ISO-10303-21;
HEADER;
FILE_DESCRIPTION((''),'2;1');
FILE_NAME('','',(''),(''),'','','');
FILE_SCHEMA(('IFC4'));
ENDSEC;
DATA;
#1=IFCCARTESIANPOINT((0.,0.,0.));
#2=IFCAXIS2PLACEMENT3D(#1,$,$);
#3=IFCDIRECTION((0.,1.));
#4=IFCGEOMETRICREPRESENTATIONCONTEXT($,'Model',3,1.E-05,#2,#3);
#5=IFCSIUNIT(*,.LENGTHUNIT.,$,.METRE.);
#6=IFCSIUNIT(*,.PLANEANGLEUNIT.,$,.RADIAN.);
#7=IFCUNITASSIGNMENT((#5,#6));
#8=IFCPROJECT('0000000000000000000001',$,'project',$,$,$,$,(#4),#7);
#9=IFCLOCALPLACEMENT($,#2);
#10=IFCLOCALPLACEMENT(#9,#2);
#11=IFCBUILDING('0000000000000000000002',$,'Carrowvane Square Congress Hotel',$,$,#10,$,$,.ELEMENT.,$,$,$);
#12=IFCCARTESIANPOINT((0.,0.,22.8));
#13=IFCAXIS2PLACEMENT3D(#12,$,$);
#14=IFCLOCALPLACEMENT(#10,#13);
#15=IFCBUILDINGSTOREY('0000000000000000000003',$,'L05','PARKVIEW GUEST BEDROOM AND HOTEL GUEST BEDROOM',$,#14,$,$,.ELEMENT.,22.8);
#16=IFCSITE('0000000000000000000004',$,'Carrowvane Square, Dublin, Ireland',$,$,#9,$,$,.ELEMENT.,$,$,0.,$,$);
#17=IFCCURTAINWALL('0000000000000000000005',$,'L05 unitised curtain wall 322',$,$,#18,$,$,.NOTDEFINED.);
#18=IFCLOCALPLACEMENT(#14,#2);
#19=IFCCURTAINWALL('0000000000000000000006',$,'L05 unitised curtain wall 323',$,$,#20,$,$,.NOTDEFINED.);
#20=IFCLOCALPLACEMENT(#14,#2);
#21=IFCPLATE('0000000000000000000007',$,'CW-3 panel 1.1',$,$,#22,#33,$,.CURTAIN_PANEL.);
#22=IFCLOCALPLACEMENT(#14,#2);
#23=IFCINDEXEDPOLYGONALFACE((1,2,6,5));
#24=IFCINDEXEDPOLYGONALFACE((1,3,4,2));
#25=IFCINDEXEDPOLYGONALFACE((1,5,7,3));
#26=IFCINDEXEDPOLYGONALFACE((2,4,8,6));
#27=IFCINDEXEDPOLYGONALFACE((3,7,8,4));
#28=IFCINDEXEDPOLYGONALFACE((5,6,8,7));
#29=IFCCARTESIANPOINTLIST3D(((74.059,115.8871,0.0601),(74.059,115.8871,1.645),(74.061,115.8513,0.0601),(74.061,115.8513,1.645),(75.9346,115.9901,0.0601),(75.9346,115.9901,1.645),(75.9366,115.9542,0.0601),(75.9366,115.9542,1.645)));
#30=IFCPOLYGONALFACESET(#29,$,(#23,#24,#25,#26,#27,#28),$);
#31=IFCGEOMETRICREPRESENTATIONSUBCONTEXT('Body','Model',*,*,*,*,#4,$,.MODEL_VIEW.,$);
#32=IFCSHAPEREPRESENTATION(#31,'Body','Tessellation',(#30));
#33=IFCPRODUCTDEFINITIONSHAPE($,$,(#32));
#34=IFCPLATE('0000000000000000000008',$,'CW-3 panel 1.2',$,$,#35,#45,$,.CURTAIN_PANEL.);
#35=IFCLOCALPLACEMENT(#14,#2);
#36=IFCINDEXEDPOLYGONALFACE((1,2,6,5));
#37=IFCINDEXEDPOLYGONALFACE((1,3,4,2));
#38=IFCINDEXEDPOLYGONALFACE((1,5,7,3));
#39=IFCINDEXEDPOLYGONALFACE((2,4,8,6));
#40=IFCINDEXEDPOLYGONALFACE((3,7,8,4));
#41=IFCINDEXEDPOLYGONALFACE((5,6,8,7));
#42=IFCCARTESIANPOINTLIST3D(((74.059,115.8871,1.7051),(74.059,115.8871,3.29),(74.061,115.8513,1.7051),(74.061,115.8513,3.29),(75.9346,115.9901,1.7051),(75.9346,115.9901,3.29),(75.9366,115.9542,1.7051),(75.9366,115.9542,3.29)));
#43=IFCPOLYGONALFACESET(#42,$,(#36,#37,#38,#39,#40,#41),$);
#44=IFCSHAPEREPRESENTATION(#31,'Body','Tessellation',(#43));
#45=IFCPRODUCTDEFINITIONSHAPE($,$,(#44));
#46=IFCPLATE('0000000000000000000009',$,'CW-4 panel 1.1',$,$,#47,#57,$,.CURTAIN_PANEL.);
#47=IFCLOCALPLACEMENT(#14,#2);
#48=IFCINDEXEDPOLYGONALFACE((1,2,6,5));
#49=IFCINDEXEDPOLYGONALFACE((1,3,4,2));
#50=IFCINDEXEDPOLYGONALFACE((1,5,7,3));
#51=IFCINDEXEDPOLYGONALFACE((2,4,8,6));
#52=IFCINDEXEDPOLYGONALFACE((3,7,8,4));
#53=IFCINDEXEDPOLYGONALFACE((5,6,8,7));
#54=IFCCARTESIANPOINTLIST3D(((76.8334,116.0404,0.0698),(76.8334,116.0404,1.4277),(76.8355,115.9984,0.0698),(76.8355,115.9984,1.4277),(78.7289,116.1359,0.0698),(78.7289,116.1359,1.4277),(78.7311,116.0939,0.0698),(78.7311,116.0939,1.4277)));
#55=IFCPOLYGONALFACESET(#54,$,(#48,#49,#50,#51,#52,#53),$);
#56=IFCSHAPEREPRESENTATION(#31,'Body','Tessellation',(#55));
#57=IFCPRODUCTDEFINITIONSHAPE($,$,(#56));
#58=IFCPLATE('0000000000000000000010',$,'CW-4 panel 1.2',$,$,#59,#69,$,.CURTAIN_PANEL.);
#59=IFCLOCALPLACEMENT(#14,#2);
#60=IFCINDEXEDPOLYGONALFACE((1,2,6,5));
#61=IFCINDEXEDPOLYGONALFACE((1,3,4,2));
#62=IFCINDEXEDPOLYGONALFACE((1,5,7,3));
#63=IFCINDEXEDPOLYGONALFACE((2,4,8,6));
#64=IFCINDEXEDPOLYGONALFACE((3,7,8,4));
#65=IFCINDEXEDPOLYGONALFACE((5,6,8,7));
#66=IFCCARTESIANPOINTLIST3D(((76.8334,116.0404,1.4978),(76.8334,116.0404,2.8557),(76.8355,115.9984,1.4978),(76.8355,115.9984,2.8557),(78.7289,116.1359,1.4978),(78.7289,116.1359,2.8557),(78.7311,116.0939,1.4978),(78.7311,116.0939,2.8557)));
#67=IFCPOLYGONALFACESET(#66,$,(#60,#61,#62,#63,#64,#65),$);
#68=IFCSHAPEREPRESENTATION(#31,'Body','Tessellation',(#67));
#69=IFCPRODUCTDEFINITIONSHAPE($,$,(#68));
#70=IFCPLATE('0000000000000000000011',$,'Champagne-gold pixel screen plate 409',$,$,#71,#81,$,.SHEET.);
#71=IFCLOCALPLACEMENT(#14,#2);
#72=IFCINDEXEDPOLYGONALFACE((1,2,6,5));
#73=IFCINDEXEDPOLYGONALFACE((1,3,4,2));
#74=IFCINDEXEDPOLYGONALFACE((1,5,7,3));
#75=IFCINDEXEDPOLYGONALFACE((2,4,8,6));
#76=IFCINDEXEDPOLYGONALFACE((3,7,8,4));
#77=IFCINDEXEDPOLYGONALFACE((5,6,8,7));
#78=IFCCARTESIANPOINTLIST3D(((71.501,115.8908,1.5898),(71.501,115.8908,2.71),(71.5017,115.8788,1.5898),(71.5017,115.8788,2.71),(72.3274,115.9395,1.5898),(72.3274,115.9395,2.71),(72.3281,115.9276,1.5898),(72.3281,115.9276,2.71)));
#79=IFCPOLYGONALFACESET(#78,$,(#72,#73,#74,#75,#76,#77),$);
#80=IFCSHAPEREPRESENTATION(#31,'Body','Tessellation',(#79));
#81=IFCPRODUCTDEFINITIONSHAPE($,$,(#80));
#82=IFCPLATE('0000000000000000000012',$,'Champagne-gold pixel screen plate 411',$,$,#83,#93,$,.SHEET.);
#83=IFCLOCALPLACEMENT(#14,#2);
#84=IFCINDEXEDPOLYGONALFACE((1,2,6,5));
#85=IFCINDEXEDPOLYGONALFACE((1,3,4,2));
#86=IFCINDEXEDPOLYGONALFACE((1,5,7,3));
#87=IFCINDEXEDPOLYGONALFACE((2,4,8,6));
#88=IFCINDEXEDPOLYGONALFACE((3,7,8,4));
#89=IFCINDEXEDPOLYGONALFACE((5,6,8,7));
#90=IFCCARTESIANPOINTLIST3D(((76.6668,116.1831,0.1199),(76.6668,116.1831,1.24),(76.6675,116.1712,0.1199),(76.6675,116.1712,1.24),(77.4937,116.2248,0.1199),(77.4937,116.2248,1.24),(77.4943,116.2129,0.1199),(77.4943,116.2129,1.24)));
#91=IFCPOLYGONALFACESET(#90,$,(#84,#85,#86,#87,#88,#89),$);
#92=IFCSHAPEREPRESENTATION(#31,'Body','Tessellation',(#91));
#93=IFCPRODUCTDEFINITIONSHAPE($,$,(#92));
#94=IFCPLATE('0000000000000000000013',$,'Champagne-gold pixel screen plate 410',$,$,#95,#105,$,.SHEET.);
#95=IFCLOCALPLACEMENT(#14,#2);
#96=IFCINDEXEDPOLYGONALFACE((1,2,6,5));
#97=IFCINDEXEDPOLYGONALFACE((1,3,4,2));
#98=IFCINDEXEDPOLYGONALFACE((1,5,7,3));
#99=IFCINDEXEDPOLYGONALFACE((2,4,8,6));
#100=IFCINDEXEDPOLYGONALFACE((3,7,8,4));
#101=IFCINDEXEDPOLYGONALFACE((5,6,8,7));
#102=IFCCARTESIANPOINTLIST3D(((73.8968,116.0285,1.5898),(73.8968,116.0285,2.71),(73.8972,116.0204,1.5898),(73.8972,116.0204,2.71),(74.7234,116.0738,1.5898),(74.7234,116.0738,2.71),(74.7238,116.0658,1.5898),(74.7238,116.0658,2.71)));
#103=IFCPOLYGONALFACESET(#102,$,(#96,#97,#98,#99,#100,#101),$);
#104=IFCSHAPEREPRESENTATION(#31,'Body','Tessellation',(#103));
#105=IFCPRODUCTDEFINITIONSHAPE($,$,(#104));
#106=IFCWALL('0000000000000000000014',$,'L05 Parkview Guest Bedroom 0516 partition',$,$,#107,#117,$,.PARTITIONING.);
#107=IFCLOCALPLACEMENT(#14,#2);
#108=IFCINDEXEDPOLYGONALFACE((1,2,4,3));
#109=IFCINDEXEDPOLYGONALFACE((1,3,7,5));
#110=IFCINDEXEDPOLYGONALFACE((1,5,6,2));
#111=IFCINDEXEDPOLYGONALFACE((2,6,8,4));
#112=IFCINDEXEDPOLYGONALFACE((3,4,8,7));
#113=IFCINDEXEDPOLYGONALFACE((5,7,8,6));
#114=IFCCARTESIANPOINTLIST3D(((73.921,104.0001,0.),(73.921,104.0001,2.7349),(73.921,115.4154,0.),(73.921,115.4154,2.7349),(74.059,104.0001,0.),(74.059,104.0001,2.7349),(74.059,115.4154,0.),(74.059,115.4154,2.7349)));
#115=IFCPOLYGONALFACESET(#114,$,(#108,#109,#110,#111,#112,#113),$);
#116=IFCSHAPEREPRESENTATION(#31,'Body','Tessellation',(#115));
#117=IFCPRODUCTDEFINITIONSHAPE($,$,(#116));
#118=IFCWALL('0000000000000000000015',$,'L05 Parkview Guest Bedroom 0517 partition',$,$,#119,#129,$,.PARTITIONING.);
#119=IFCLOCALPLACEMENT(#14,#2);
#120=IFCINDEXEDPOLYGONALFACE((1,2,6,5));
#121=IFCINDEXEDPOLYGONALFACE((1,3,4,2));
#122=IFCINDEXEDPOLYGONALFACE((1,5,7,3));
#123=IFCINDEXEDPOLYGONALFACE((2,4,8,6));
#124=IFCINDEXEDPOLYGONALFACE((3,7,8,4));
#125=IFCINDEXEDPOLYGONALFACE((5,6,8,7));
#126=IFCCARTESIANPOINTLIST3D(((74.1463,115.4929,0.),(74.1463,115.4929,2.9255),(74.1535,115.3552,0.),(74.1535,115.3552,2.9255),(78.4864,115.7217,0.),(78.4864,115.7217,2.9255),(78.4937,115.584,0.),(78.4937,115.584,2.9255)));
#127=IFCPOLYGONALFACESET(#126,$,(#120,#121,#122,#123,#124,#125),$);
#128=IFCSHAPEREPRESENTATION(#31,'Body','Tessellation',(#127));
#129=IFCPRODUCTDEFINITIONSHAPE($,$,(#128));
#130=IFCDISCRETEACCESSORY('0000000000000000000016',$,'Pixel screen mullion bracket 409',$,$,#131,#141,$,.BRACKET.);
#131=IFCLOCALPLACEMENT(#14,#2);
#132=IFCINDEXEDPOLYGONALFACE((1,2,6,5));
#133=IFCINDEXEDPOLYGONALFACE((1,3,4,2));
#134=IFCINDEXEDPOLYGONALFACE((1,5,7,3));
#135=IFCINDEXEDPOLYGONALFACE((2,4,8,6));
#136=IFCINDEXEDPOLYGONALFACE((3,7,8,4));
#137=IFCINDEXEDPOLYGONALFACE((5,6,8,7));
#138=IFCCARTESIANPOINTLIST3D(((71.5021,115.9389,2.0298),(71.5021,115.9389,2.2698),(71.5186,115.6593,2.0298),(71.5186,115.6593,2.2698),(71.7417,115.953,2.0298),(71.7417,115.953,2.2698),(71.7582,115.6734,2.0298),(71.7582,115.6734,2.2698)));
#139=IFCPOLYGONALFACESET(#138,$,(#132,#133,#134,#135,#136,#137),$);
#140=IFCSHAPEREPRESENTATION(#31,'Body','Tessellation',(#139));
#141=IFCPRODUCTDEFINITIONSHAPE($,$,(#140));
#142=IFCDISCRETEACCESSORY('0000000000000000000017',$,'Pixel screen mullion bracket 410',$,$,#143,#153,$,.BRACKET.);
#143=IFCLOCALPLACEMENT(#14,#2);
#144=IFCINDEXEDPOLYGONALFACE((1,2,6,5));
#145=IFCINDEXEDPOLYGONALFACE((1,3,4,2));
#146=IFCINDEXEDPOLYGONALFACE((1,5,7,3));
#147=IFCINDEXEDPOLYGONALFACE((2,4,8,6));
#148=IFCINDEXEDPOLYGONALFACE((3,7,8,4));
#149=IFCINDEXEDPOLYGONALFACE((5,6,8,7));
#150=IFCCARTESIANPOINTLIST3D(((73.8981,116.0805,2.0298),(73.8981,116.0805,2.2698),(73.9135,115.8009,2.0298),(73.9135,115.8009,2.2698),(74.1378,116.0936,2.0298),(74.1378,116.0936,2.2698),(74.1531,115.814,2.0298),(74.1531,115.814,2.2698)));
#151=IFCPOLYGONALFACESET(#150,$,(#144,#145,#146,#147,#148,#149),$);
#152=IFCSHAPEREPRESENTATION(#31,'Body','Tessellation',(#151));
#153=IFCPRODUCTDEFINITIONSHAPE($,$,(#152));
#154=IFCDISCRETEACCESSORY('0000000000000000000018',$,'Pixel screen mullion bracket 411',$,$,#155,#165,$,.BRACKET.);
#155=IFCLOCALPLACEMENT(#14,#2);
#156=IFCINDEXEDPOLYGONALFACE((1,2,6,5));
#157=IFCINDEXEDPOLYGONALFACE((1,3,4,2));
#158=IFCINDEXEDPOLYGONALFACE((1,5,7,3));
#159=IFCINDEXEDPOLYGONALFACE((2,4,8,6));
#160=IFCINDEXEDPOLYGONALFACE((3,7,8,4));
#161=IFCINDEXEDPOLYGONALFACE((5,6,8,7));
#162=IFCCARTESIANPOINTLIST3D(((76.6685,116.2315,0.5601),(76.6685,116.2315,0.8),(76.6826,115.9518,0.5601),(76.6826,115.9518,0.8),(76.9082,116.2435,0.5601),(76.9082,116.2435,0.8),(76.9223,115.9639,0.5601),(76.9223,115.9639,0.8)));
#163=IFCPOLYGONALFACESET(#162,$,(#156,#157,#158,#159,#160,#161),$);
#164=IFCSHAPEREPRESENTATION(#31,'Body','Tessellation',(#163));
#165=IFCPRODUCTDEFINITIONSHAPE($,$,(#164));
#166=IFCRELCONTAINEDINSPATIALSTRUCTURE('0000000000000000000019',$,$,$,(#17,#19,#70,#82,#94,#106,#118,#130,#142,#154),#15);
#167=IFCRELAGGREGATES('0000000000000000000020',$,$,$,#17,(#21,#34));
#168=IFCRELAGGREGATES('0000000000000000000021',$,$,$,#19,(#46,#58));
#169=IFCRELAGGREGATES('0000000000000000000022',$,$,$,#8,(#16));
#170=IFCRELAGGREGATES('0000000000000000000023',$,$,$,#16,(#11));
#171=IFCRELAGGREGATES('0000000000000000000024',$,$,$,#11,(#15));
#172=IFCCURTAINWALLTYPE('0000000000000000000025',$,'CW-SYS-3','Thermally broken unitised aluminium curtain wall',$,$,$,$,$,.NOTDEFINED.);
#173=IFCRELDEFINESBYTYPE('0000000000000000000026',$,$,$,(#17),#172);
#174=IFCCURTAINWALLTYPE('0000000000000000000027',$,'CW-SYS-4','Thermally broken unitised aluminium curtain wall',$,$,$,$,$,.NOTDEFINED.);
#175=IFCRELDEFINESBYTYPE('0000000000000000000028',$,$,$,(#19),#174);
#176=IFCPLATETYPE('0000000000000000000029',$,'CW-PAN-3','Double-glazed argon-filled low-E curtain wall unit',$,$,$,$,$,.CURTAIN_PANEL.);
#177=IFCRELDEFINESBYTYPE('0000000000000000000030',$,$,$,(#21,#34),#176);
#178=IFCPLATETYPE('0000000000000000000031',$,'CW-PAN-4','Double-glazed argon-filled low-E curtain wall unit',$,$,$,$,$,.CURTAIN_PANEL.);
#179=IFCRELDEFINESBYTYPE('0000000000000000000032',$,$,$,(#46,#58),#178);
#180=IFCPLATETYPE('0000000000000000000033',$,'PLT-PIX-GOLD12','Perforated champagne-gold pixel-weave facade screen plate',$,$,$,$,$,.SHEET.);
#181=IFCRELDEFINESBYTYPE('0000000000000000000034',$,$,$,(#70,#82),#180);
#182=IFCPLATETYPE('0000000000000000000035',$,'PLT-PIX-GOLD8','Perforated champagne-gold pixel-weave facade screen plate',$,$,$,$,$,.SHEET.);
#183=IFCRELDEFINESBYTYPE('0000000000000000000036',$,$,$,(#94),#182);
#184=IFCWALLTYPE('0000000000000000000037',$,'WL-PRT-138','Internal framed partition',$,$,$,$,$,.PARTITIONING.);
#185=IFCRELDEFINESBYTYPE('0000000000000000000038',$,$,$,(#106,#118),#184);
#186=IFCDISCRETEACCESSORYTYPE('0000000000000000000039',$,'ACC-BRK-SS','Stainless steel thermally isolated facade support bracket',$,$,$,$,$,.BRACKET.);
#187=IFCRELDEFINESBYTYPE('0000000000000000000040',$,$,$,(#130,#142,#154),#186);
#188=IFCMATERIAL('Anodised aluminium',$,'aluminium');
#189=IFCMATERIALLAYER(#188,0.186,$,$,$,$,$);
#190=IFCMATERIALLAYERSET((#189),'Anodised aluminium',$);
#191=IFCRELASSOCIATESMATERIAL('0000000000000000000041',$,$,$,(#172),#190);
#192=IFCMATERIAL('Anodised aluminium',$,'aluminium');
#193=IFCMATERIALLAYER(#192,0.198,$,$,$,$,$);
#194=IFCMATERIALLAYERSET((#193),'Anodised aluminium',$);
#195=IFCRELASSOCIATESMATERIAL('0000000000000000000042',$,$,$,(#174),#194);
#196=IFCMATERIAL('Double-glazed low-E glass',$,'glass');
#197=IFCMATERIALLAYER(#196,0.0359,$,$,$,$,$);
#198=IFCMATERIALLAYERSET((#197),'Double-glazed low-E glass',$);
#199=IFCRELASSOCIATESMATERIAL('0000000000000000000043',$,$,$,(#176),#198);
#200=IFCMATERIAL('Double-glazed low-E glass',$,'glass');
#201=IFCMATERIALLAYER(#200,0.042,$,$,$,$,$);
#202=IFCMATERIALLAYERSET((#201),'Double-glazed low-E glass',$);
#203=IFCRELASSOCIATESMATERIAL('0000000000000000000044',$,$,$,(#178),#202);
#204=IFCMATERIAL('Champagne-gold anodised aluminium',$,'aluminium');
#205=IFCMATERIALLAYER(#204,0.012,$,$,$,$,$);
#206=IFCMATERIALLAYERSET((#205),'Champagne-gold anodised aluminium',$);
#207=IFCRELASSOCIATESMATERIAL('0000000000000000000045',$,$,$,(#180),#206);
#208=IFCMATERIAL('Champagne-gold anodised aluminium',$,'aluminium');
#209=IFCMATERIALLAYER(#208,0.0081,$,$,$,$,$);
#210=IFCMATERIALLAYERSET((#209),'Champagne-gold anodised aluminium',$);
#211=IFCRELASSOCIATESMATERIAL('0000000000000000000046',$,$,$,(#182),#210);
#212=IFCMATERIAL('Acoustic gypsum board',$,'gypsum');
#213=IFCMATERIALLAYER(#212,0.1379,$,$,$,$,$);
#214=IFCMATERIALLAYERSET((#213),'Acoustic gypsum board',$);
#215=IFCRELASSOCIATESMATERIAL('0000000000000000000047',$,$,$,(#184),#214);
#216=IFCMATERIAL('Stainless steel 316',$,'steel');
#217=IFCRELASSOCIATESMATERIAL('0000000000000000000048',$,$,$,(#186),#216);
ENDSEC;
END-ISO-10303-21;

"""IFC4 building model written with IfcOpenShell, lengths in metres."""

from ifc_helpers import new_model, si_unit, direction, frame, frame_2d, origin, origin_2d, place, context, subcontext, project, spatial, rectangle, extrude, material, layer, layer_set, type_object, element, aggregate, save


model = new_model("IFC4")

# Units and contexts
model_context = context("Model", 3, precision=1e-05, world=origin(), true_north=direction((0.0, 1.0)))
body_context = subcontext(model_context, "Body", "Model", "MODEL_VIEW")
ifc_project = project(units=[si_unit("LENGTHUNIT", "METRE"), si_unit("PLANEANGLEUNIT", "RADIAN")], contexts=[model_context])

# Site, building, storey
site_placement = place(None, origin())
site = spatial("IfcSite", under=ifc_project, at=site_placement, Name="Carrowvane Square, Dublin, Ireland", CompositionType="ELEMENT", RefElevation=0.0)
building_placement = place(site_placement, origin())
building = spatial("IfcBuilding", under=site, at=building_placement, Name="Carrowvane Square Congress Hotel", CompositionType="ELEMENT")
storey_placement = place(building_placement, frame((0.0, 0.0, 22.8)))
storey = spatial("IfcBuildingStorey", under=building, at=storey_placement, Name="L05", Description="PARKVIEW GUEST BEDROOM AND HOTEL GUEST BEDROOM", CompositionType="ELEMENT", Elevation=22.8)

# Curtain wall
ifc_material_1 = material(Name="Anodised aluminium", Category="aluminium")
ifc_layer_1 = layer(ifc_material_1, 0.186)
ifc_layer_set_1 = layer_set([ifc_layer_1], Name="Anodised aluminium")
curtain_wall_type_1 = type_object("IfcCurtainWallType", Name="CW-SYS-3", Description="Thermally broken unitised aluminium curtain wall", PredefinedType="NOTDEFINED", material=ifc_layer_set_1)
curtain_wall_1_placement = place(storey_placement, origin())
curtain_wall_1 = element("IfcCurtainWall", 1, at=curtain_wall_1_placement, inside=storey, type_object=curtain_wall_type_1, Name="L05 unitised curtain wall 322", PredefinedType="NOTDEFINED")

# Curtain wall
ifc_material_2 = material(Name="Anodised aluminium", Category="aluminium")
ifc_layer_2 = layer(ifc_material_2, 0.198)
ifc_layer_set_2 = layer_set([ifc_layer_2], Name="Anodised aluminium")
curtain_wall_type_2 = type_object("IfcCurtainWallType", Name="CW-SYS-4", Description="Thermally broken unitised aluminium curtain wall", PredefinedType="NOTDEFINED", material=ifc_layer_set_2)
curtain_wall_2_placement = place(storey_placement, origin())
curtain_wall_2 = element("IfcCurtainWall", 2, at=curtain_wall_2_placement, inside=storey, type_object=curtain_wall_type_2, Name="L05 unitised curtain wall 323", PredefinedType="NOTDEFINED")

# Plates
ifc_material_3 = material(Name="Double-glazed low-E glass", Category="glass")
ifc_layer_3 = layer(ifc_material_3, 0.0359)
ifc_layer_set_3 = layer_set([ifc_layer_3], Name="Double-glazed low-E glass")
plate_type_1 = type_object("IfcPlateType", Name="CW-PAN-3", Description="Double-glazed argon-filled low-E curtain wall unit", PredefinedType="CURTAIN_PANEL", material=ifc_layer_set_3)
plate_1_placement = place(storey_placement, frame((74.9978, 115.9207, 0.0601), z_axis=(0.0, 0.0, 1.0), x_axis=(0.998496, 0.054816, 0.0)))
plate_1 = element("IfcPlate", 3, at=plate_1_placement, type_object=plate_type_1, Name="CW-3 panel 1.1", PredefinedType="CURTAIN_PANEL", context=body_context, shape_type="SweptSolid", body=[
    extrude(rectangle(XDim=1.8784, YDim=0.0359, at=origin_2d()), origin(), (0.0, 0.0, 1.0), 1.585),
])
plate_2_placement = place(storey_placement, frame((74.9978, 115.9207, 1.7051), z_axis=(0.0, 0.0, 1.0), x_axis=(0.998496, 0.054816, 0.0)))
plate_2 = element("IfcPlate", 4, at=plate_2_placement, type_object=plate_type_1, Name="CW-3 panel 1.2", PredefinedType="CURTAIN_PANEL", context=body_context, shape_type="SweptSolid", body=[
    extrude(rectangle(XDim=1.8784, YDim=0.0359, at=origin_2d()), origin(), (0.0, 0.0, 1.0), 1.585),
])
aggregate(curtain_wall_1, [plate_1, plate_2])
ifc_material_4 = material(Name="Double-glazed low-E glass", Category="glass")
ifc_layer_4 = layer(ifc_material_4, 0.042)
ifc_layer_set_4 = layer_set([ifc_layer_4], Name="Double-glazed low-E glass")
plate_type_2 = type_object("IfcPlateType", Name="CW-PAN-4", Description="Double-glazed argon-filled low-E curtain wall unit", PredefinedType="CURTAIN_PANEL", material=ifc_layer_set_4)
plate_3_placement = place(storey_placement, frame((77.7822, 116.0671, 0.0698), z_axis=(0.0, 0.0, 1.0), x_axis=(0.998733, 0.050324, 0.0)))
plate_3 = element("IfcPlate", 5, at=plate_3_placement, type_object=plate_type_2, Name="CW-4 panel 1.1", PredefinedType="CURTAIN_PANEL", context=body_context, shape_type="SweptSolid", body=[
    extrude(rectangle(XDim=1.8979, YDim=0.042, at=origin_2d()), origin(), (0.0, 0.0, 1.0), 1.3579),
])
plate_4_placement = place(storey_placement, frame((77.7822, 116.0671, 1.4978), z_axis=(0.0, 0.0, 1.0), x_axis=(0.998733, 0.050324, 0.0)))
plate_4 = element("IfcPlate", 6, at=plate_4_placement, type_object=plate_type_2, Name="CW-4 panel 1.2", PredefinedType="CURTAIN_PANEL", context=body_context, shape_type="SweptSolid", body=[
    extrude(rectangle(XDim=1.8979, YDim=0.042, at=origin_2d()), origin(), (0.0, 0.0, 1.0), 1.3579),
])
aggregate(curtain_wall_2, [plate_3, plate_4])

# Plates
ifc_material_5 = material(Name="Champagne-gold anodised aluminium", Category="aluminium")
ifc_layer_5 = layer(ifc_material_5, 0.012)
ifc_layer_set_5 = layer_set([ifc_layer_5], Name="Champagne-gold anodised aluminium")
plate_type_3 = type_object("IfcPlateType", Name="PLT-PIX-GOLD12", Description="Perforated champagne-gold pixel-weave facade screen plate", PredefinedType="SHEET", material=ifc_layer_set_5)
for number, where, z_axis, x_axis, name in (
    (7, (71.9146, 115.9092, 1.5898), (0.0, 0.0, 1.0), (0.998267, 0.058852, 0.0), "Champagne-gold pixel screen plate 409"),
    (8, (77.0806, 116.198, 0.1199), (0.0, 0.0, 1.0), (0.998733, 0.050322, 0.0), "Champagne-gold pixel screen plate 411"),
):
    element("IfcPlate", number, at=place(storey_placement, frame(where, z_axis=z_axis, x_axis=x_axis)), inside=storey, type_object=plate_type_3, Name=name, PredefinedType="SHEET", context=body_context, shape_type="SweptSolid", body=[
        extrude(rectangle(XDim=0.8279, YDim=0.012, at=origin_2d()), origin(), (0.0, 0.0, 1.0), 1.1201),
    ])
ifc_material_6 = material(Name="Champagne-gold anodised aluminium", Category="aluminium")
ifc_layer_6 = layer(ifc_material_6, 0.0081)
ifc_layer_set_6 = layer_set([ifc_layer_6], Name="Champagne-gold anodised aluminium")
plate_type_4 = type_object("IfcPlateType", Name="PLT-PIX-GOLD8", Description="Perforated champagne-gold pixel-weave facade screen plate", PredefinedType="SHEET", material=ifc_layer_set_6)
plate_5_placement = place(storey_placement, frame((74.3103, 116.0471, 1.5898), z_axis=(0.0, 0.0, 1.0), x_axis=(0.998497, 0.054815, 0.0)))
element("IfcPlate", 9, at=plate_5_placement, inside=storey, type_object=plate_type_4, Name="Champagne-gold pixel screen plate 410", PredefinedType="SHEET", context=body_context, shape_type="SweptSolid", body=[
    extrude(rectangle(XDim=0.8279, YDim=0.0081, at=origin_2d()), origin(), (0.0, 0.0, 1.0), 1.1201),
])

# Walls
ifc_material_7 = material(Name="Acoustic gypsum board", Category="gypsum")
ifc_layer_7 = layer(ifc_material_7, 0.1379)
ifc_layer_set_7 = layer_set([ifc_layer_7], Name="Acoustic gypsum board")
wall_type = type_object("IfcWallType", Name="WL-PRT-138", Description="Internal framed partition", PredefinedType="PARTITIONING", material=ifc_layer_set_7)
wall_1_placement = place(storey_placement, frame((73.99, 115.4153, 0.0), z_axis=(0.0, 0.0, 1.0), x_axis=(0.0, -1.0, 0.0)))
element("IfcWall", 10, at=wall_1_placement, inside=storey, type_object=wall_type, Name="L05 Parkview Guest Bedroom 0516 partition", PredefinedType="PARTITIONING", context=body_context, shape_type="SweptSolid", body=[
    extrude(rectangle(XDim=11.4153, YDim=0.1379, at=frame_2d((5.7075, 0.0))), origin(), (0.0, 0.0, 1.0), 2.7349),
])
wall_2_placement = place(storey_placement, frame((74.1499, 115.4241, 0.0), z_axis=(0.0, 0.0, 1.0), x_axis=(0.998614, 0.052635, 0.0)))
element("IfcWall", 11, at=wall_2_placement, inside=storey, type_object=wall_type, Name="L05 Parkview Guest Bedroom 0517 partition", PredefinedType="PARTITIONING", context=body_context, shape_type="SweptSolid", body=[
    extrude(rectangle(XDim=4.3462, YDim=0.1379, at=frame_2d((2.1731, 0.0))), origin(), (0.0, 0.0, 1.0), 2.9255),
])

# Discrete accessories
ifc_material_8 = material(Name="Stainless steel 316", Category="steel")
discrete_accessory_type = type_object("IfcDiscreteAccessoryType", Name="ACC-BRK-SS", Description="Stainless steel thermally isolated facade support bracket", PredefinedType="BRACKET", material=ifc_material_8)
for number, where, z_axis, x_axis, name in (
    (12, (71.6301, 115.8062, 2.0298), (0.0, 0.0, 1.0), (0.998267, 0.058852, 0.0), "Pixel screen mullion bracket 409"),
    (13, (74.0256, 115.9473, 2.0298), (0.0, 0.0, 1.0), (0.998497, 0.054815, 0.0), "Pixel screen mullion bracket 410"),
    (14, (76.7954, 116.0977, 0.5601), (0.0, 0.0, 1.0), (0.998733, 0.050322, 0.0), "Pixel screen mullion bracket 411"),
):
    element("IfcDiscreteAccessory", number, at=place(storey_placement, frame(where, z_axis=z_axis, x_axis=x_axis)), inside=storey, type_object=discrete_accessory_type, Name=name, PredefinedType="BRACKET", context=body_context, shape_type="SweptSolid", body=[
        extrude(rectangle(XDim=0.24, YDim=0.28, at=origin_2d()), origin(), (0.0, 0.0, 1.0), 0.24),
    ])

save(model, "model.ifc")
